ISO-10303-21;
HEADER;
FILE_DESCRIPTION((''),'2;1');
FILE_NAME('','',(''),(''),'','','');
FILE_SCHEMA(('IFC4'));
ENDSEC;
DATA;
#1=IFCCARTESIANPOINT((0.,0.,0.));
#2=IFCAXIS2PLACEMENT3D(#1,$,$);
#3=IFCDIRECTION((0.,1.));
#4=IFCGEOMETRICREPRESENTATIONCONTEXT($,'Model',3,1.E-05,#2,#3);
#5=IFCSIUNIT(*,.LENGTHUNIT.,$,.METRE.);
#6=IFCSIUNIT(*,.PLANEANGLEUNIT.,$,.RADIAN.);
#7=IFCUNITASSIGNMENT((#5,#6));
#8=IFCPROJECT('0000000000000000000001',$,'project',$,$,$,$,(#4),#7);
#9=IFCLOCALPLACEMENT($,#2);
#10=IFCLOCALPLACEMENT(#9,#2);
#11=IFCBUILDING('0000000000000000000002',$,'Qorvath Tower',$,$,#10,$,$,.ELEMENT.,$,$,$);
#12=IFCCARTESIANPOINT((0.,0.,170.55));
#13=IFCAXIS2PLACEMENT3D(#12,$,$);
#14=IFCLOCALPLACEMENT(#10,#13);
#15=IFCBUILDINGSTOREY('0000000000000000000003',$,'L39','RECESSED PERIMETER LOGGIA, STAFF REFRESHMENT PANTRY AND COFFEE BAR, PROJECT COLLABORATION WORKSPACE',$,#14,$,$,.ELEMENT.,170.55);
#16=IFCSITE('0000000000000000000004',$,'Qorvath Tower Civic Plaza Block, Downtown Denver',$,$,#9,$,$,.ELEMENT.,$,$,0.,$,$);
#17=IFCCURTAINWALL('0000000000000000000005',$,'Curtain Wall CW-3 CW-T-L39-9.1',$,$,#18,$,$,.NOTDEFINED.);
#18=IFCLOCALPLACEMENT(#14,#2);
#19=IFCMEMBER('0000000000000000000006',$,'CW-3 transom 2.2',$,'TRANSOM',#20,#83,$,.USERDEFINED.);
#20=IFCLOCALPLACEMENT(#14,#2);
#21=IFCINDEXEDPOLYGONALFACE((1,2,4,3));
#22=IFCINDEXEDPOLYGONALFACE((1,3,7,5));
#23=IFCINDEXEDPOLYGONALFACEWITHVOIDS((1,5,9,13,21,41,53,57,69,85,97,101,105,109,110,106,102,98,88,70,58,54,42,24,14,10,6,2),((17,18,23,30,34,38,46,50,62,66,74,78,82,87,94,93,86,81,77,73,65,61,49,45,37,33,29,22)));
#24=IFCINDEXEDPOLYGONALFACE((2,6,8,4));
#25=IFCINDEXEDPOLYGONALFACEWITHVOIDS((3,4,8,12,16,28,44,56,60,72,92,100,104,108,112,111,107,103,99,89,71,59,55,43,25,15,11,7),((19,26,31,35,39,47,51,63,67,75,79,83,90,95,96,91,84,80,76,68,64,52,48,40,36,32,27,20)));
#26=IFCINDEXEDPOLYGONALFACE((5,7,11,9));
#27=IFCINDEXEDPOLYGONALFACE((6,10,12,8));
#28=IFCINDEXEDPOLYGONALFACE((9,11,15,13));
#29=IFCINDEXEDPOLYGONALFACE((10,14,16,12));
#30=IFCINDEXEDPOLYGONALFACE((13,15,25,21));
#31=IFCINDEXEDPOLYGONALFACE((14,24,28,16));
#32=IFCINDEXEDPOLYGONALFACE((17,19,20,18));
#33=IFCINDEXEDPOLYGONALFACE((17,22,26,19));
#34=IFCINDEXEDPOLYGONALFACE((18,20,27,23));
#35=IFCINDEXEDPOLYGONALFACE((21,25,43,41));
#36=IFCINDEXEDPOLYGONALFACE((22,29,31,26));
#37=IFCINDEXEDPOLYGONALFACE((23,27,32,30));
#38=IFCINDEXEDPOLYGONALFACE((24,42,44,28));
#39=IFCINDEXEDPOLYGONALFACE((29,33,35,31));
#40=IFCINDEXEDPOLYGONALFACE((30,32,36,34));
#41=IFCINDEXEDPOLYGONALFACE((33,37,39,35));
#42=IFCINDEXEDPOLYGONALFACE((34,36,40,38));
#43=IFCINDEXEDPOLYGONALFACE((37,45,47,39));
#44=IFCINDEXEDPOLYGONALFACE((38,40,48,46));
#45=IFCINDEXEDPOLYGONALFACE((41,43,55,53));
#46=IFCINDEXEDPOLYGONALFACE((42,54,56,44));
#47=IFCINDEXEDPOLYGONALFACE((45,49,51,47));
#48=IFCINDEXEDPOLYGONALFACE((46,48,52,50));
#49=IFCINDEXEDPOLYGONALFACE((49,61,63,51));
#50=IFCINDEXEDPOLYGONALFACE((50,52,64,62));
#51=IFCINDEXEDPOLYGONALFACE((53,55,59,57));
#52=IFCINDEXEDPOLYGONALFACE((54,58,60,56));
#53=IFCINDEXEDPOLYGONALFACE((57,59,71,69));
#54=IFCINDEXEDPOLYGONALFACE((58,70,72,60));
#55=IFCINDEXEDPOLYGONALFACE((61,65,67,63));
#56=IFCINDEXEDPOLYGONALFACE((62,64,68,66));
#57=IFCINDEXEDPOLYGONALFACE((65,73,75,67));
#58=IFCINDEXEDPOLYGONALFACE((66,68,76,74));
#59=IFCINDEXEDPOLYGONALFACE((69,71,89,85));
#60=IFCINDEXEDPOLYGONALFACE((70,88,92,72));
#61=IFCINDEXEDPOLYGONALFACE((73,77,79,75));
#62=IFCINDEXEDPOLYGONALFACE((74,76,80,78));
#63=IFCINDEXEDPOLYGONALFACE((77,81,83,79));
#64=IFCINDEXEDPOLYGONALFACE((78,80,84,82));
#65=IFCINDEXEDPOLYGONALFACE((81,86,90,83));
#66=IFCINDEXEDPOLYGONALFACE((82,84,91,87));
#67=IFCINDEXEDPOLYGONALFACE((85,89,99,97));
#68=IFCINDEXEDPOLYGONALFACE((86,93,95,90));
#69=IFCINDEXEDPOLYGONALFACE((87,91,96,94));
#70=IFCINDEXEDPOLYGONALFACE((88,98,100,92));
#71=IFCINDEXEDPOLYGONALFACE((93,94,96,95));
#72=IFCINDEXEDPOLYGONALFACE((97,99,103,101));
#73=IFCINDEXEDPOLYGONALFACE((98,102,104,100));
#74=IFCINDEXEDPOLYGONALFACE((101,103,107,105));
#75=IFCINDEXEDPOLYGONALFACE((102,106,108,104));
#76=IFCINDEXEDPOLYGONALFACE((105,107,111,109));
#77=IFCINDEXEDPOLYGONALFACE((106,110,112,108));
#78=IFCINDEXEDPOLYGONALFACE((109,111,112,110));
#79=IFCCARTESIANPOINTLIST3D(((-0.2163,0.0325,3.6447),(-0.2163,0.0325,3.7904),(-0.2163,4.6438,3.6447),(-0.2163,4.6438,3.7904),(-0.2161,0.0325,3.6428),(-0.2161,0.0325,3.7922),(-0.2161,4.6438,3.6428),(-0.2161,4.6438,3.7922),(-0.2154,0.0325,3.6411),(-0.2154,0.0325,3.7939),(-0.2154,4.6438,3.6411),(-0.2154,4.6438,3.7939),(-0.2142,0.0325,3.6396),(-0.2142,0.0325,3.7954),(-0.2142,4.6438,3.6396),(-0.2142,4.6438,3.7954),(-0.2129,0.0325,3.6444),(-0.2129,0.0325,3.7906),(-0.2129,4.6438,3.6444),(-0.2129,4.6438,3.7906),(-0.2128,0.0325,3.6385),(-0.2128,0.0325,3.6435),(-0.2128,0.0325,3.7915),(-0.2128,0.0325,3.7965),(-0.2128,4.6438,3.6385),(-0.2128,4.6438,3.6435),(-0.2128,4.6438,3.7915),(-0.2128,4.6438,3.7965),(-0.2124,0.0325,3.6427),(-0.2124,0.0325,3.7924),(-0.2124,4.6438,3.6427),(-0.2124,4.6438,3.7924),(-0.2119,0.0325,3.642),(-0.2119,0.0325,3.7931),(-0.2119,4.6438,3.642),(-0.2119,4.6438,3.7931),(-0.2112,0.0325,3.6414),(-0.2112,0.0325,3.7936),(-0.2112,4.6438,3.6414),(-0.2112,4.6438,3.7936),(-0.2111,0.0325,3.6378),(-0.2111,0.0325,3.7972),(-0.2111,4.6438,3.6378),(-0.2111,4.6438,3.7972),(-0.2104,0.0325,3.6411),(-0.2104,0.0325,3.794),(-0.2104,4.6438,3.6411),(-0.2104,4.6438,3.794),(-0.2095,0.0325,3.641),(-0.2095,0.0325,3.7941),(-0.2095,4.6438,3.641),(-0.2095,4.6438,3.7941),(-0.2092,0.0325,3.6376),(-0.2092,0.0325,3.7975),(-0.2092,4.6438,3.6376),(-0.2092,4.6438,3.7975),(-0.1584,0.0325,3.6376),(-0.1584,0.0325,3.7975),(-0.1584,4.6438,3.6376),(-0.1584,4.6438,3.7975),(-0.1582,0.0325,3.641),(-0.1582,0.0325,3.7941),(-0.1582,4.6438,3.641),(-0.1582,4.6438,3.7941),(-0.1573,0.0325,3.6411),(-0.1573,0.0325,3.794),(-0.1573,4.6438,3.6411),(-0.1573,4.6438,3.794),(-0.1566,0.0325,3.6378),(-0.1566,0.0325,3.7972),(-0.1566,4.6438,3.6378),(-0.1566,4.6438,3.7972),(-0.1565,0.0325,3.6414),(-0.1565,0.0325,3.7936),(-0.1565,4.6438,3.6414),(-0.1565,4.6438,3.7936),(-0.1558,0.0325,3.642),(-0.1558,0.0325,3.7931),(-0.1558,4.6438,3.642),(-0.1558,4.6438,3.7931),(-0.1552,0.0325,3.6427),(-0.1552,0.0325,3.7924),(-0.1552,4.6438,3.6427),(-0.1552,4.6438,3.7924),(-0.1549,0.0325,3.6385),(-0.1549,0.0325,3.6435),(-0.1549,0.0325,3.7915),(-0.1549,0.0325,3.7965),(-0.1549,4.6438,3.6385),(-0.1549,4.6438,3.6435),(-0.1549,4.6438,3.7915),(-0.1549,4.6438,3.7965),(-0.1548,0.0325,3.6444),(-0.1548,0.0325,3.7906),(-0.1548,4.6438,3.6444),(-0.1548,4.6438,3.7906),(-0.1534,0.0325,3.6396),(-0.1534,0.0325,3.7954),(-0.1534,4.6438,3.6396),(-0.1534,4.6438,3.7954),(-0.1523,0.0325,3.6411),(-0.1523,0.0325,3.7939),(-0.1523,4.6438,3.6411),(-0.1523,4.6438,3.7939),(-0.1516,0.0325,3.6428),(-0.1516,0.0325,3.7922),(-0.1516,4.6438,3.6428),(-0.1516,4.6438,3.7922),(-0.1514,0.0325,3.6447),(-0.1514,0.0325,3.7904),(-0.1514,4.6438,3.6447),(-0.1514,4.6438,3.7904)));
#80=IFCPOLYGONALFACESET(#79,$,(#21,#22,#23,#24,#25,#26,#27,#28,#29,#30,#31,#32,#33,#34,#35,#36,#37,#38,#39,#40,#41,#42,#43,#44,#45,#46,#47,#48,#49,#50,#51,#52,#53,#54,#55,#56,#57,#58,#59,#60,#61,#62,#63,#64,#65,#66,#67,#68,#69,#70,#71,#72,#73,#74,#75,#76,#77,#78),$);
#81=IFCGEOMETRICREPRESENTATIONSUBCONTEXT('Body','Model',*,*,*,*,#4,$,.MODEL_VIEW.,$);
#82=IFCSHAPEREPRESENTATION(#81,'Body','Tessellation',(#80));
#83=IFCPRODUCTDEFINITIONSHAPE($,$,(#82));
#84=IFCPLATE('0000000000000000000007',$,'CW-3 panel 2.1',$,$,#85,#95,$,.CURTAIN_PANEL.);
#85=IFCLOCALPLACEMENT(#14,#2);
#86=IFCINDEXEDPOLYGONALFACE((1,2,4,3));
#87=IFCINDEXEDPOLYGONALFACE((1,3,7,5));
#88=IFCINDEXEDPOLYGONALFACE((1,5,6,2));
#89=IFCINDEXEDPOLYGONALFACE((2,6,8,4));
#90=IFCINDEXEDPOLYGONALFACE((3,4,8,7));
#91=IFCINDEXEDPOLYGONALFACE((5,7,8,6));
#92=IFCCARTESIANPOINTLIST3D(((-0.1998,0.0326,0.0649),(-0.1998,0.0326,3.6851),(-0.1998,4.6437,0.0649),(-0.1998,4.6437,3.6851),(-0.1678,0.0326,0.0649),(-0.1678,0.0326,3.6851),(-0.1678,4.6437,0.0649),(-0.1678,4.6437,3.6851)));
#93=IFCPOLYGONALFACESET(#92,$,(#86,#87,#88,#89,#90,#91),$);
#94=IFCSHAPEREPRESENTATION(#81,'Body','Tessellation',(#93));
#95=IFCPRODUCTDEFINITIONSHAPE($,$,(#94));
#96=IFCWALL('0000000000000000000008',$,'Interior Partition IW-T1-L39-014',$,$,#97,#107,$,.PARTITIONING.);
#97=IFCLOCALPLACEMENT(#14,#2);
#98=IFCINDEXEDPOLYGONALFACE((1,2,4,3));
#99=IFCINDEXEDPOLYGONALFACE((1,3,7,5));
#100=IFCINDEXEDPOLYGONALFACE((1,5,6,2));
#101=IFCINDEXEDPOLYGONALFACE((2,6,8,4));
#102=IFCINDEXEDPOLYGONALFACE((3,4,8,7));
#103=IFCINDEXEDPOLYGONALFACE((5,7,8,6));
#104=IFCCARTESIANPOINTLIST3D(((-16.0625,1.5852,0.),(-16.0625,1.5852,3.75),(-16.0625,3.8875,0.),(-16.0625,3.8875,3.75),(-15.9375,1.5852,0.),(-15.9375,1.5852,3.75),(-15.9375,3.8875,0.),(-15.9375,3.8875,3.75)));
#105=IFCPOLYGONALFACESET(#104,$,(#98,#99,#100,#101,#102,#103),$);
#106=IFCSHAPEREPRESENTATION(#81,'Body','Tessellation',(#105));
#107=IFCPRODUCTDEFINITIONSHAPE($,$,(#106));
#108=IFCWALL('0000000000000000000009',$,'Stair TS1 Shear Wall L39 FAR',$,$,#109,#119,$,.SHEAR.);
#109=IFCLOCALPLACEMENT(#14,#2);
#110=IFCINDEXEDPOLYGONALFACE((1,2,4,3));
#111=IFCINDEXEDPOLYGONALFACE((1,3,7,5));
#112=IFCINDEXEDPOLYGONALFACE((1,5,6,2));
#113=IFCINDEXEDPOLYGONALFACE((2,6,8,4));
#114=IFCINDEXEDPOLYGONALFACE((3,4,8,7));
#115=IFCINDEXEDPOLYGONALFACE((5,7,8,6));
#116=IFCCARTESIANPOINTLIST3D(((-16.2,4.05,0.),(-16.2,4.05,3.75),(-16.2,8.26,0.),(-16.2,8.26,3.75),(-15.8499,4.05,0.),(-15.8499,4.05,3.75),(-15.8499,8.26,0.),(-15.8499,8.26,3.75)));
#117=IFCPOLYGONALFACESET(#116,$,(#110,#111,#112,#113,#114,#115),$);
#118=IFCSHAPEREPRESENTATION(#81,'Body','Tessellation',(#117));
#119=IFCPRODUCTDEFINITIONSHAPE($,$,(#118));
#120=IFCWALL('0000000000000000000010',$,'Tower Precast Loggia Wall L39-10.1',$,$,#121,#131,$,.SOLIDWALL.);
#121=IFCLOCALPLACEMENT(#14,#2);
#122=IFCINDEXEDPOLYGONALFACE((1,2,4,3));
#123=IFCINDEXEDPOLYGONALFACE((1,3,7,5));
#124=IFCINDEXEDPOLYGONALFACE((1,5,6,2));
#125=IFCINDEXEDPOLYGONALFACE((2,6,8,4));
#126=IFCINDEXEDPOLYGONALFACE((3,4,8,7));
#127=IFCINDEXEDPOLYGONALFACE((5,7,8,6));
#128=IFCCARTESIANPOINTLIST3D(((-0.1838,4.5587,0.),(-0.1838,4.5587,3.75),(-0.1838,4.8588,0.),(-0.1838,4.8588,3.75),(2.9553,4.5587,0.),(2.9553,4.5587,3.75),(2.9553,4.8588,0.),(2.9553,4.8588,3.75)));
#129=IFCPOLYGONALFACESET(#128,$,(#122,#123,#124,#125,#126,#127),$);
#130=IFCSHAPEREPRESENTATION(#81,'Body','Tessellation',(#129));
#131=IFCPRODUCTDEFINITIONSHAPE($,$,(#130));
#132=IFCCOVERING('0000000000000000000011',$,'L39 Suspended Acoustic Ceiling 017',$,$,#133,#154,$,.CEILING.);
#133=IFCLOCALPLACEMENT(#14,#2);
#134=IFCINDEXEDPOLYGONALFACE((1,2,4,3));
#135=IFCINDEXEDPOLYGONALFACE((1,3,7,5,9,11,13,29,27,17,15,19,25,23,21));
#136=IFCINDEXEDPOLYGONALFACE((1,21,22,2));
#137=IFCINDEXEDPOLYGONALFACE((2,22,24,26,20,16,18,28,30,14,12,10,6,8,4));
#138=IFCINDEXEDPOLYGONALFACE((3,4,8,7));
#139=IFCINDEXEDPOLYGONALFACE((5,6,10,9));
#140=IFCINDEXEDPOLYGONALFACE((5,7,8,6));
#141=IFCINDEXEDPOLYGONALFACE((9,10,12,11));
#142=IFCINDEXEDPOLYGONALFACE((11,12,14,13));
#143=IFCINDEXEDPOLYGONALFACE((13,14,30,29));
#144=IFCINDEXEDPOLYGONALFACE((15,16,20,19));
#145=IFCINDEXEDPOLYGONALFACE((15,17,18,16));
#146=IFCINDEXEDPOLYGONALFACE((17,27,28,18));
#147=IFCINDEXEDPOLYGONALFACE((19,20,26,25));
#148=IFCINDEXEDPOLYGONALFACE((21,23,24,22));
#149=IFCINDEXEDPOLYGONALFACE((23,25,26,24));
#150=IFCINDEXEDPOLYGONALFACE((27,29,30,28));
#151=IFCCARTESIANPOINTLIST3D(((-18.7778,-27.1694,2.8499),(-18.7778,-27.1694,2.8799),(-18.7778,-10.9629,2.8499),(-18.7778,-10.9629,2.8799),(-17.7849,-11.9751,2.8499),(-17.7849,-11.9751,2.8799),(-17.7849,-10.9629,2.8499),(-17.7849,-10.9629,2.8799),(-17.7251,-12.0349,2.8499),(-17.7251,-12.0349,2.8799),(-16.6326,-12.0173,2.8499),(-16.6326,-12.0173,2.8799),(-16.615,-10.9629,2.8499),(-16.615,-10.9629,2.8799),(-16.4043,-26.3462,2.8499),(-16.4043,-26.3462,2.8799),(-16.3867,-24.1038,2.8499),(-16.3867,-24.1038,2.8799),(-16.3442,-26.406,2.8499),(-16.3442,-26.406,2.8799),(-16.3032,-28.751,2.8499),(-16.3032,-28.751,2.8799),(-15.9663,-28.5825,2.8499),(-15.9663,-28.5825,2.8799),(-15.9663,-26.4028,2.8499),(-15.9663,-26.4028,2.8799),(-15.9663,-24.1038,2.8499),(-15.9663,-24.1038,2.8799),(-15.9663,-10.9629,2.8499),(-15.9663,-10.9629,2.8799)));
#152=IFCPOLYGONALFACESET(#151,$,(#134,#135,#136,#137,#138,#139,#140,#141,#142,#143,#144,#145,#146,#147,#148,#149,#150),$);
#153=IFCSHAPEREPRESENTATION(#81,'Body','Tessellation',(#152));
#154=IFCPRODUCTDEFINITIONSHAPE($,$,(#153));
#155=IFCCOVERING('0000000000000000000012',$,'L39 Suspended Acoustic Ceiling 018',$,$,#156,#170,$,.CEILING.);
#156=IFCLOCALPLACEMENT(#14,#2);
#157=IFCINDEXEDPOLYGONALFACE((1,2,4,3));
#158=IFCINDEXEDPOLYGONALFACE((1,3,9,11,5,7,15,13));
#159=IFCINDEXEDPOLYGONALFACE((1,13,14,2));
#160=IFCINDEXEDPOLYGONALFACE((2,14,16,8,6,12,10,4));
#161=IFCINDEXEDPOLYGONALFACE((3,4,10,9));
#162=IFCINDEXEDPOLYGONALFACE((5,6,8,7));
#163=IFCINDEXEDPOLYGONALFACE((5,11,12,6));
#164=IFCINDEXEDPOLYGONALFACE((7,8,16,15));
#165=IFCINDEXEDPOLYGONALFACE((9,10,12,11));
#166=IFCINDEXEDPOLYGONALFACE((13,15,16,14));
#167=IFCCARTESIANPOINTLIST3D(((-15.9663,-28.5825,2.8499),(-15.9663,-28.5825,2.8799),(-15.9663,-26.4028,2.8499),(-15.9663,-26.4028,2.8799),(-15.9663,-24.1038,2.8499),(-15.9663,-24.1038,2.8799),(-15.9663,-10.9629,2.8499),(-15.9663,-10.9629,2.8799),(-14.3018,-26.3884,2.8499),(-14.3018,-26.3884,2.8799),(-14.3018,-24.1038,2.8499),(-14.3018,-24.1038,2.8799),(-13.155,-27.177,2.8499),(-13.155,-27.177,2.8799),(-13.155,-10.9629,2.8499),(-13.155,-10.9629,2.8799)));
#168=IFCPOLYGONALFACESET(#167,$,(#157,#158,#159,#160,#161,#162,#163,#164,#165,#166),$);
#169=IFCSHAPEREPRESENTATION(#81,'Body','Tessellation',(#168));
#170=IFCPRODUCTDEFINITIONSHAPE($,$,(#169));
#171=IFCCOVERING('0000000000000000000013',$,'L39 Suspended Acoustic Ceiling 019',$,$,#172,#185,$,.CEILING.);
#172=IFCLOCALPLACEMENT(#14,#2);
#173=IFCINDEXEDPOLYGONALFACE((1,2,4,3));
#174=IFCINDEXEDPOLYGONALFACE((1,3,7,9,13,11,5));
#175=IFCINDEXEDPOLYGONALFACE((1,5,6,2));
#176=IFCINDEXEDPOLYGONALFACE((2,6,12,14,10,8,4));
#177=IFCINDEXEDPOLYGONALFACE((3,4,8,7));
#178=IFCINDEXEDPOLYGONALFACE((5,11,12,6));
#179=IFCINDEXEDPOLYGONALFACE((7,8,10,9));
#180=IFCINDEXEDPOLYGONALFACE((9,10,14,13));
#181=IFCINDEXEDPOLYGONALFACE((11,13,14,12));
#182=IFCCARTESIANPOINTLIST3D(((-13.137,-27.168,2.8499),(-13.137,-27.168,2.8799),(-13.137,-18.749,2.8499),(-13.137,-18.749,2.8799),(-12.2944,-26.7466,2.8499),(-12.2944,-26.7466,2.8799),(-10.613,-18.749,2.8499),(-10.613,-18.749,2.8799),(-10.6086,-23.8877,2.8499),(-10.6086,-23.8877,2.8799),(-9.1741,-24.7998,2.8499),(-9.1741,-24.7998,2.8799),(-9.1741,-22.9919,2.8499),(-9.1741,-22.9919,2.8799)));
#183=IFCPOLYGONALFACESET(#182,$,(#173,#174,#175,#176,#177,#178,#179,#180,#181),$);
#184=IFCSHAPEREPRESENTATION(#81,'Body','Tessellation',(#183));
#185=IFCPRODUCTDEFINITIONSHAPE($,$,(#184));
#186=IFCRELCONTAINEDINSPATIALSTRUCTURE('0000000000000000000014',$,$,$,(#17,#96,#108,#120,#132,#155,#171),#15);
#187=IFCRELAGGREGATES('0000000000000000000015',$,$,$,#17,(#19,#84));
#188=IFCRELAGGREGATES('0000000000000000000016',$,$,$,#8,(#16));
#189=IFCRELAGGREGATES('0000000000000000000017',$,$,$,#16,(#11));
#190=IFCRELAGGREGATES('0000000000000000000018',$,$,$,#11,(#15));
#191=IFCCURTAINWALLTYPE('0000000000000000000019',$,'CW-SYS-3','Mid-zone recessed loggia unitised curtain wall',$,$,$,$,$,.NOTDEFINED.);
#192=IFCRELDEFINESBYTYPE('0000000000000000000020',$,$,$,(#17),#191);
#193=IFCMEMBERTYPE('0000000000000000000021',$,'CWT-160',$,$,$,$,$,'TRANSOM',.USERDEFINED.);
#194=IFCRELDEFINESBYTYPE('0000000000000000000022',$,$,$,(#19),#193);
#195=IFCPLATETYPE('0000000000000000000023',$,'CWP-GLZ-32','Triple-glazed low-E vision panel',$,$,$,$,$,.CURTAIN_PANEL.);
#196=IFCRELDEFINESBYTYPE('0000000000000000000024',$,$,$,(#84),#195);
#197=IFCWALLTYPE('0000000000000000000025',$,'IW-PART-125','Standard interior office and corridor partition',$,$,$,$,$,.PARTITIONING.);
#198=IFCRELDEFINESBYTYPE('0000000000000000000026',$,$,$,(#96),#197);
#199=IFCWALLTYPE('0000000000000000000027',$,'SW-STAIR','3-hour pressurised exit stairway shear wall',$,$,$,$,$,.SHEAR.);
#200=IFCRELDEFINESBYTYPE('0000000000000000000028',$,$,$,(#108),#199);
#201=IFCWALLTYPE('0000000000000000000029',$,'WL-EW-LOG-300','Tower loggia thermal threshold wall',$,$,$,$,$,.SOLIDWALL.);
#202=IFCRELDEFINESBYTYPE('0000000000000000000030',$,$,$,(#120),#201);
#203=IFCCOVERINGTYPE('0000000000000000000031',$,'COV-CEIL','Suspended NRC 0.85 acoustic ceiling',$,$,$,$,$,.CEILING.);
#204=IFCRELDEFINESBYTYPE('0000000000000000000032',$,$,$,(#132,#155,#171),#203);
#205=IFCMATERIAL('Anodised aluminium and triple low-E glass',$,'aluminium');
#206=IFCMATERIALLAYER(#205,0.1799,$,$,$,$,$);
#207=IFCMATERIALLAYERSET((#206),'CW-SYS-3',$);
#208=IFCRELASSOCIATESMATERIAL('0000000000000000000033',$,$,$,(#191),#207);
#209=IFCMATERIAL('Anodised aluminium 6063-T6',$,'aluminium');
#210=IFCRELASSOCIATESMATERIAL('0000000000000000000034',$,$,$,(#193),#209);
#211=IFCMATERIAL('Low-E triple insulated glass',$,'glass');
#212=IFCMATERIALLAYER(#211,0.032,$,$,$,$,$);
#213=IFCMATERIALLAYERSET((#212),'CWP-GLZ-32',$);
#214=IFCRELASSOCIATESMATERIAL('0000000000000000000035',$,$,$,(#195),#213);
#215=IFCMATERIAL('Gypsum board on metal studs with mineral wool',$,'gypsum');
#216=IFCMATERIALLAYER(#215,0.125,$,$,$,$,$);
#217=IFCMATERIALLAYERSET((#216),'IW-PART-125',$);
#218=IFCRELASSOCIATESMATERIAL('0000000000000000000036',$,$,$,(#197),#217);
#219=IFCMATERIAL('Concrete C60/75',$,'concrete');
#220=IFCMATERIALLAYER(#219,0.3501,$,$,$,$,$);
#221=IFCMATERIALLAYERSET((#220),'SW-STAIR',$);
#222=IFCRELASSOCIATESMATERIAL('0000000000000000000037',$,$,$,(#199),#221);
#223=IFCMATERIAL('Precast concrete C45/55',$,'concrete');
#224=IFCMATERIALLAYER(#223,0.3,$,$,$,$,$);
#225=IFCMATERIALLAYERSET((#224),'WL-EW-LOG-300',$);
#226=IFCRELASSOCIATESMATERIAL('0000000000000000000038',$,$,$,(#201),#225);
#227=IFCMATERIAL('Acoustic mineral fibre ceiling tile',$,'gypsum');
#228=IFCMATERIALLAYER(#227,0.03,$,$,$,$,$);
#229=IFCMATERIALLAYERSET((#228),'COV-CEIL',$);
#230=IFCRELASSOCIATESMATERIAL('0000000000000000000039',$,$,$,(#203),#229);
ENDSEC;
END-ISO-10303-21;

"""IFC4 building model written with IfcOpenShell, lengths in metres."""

from ifc_helpers import new_model, si_unit, direction, frame, frame_2d, origin, origin_2d, place, context, subcontext, project, spatial, polyline, rectangle, hollow_rectangle, outline, extrude, material, layer, layer_set, material_profile, profile_set, type_object, element, aggregate, save


model = new_model("IFC4")

# Units and contexts
model_context = context("Model", 3, precision=1e-05, world=origin(), true_north=direction((0.0, 1.0)))
body_context = subcontext(model_context, "Body", "Model", "MODEL_VIEW")
ifc_project = project(units=[si_unit("LENGTHUNIT", "METRE"), si_unit("PLANEANGLEUNIT", "RADIAN")], contexts=[model_context])

# Site, building, storey
site_placement = place(None, origin())
site = spatial("IfcSite", under=ifc_project, at=site_placement, Name="Qorvath Tower Civic Plaza Block, Downtown Denver", CompositionType="ELEMENT", RefElevation=0.0)
building_placement = place(site_placement, origin())
building = spatial("IfcBuilding", under=site, at=building_placement, Name="Qorvath Tower", CompositionType="ELEMENT")
storey_placement = place(building_placement, frame((0.0, 0.0, 170.55)))
storey = spatial("IfcBuildingStorey", under=building, at=storey_placement, Name="L39", Description="RECESSED PERIMETER LOGGIA, STAFF REFRESHMENT PANTRY AND COFFEE BAR, PROJECT COLLABORATION WORKSPACE", CompositionType="ELEMENT", Elevation=170.55)

# Curtain wall, member, plate
ifc_material_1 = material(Name="Anodised aluminium and triple low-E glass", Category="aluminium")
ifc_layer_1 = layer(ifc_material_1, 0.1799)
ifc_layer_set_1 = layer_set([ifc_layer_1], Name="CW-SYS-3")
curtain_wall_type = type_object("IfcCurtainWallType", Name="CW-SYS-3", Description="Mid-zone recessed loggia unitised curtain wall", PredefinedType="NOTDEFINED", material=ifc_layer_set_1)
curtain_wall_placement = place(storey_placement, origin())
curtain_wall = element("IfcCurtainWall", 1, at=curtain_wall_placement, inside=storey, type_object=curtain_wall_type, Name="Curtain Wall CW-3 CW-T-L39-9.1", PredefinedType="NOTDEFINED")
ifc_material_2 = material(Name="Anodised aluminium 6063-T6", Category="aluminium")
ifc_material_profile_1 = material_profile(ifc_material_2, hollow_rectangle(XDim=0.0649, YDim=0.1599, WallThickness=0.0034, InnerFilletRadius=0.0034, OuterFilletRadius=0.0071, at=origin_2d()), Name="CWT 160x65")
ifc_profile_set_1 = profile_set([ifc_material_profile_1], Name="Anodised aluminium 6063-T6")
member_type_1 = type_object("IfcMemberType", Name="CWT-160", ElementType="TRANSOM", PredefinedType="USERDEFINED", material=ifc_profile_set_1)
member_1_placement = place(storey_placement, frame((-0.1838, 0.0325, 3.7175), z_axis=(0.0, 1.0, 0.0), x_axis=(-1.0, 0.0, 0.0)))
member_1 = element("IfcMember", 2, at=member_1_placement, type_object=member_type_1, Name="CW-3 transom 2.2", ObjectType="TRANSOM", PredefinedType="USERDEFINED", context=body_context, shape_type="SweptSolid", body=[
    extrude(hollow_rectangle(XDim=0.0649, YDim=0.1599, WallThickness=0.0034, InnerFilletRadius=0.0034, OuterFilletRadius=0.0071, at=origin_2d()), origin(), (0.0, 0.0, 1.0), 4.6113),
])
ifc_material_3 = material(Name="Low-E triple insulated glass", Category="glass")
ifc_layer_2 = layer(ifc_material_3, 0.032)
ifc_layer_set_2 = layer_set([ifc_layer_2], Name="CWP-GLZ-32")
plate_type = type_object("IfcPlateType", Name="CWP-GLZ-32", Description="Triple-glazed low-E vision panel", PredefinedType="CURTAIN_PANEL", material=ifc_layer_set_2)
plate_placement = place(storey_placement, frame((-0.1838, 2.3381, 0.0649), z_axis=(0.0, 0.0, 1.0), x_axis=(0.0, 1.0, 0.0)))
plate = element("IfcPlate", 3, at=plate_placement, type_object=plate_type, Name="CW-3 panel 2.1", PredefinedType="CURTAIN_PANEL", context=body_context, shape_type="SweptSolid", body=[
    extrude(rectangle(XDim=4.6111, YDim=0.032, at=origin_2d()), origin(), (0.0, 0.0, 1.0), 3.6201),
])
aggregate(curtain_wall, [member_1, plate])

# Shared definitions
ifc_material_4 = material(Name="Gypsum board on metal studs with mineral wool", Category="gypsum")
ifc_layer_3 = layer(ifc_material_4, 0.125)
ifc_layer_set_3 = layer_set([ifc_layer_3], Name="IW-PART-125")
wall_type_1 = type_object("IfcWallType", Name="IW-PART-125", Description="Standard interior office and corridor partition", PredefinedType="PARTITIONING", material=ifc_layer_set_3)

# Walls
wall_1_placement = place(storey_placement, frame((-16.0, 1.5852, 0.0), z_axis=(0.0, 0.0, 1.0), x_axis=(0.0, 1.0, 0.0)))
element("IfcWall", 4, at=wall_1_placement, inside=storey, type_object=wall_type_1, Name="Interior Partition IW-T1-L39-014", PredefinedType="PARTITIONING", context=body_context, shape_type="SweptSolid", body=[
    extrude(rectangle(XDim=2.3022, YDim=0.125, at=frame_2d((1.1511, 0.0))), origin(), (0.0, 0.0, 1.0), 3.75),
])
ifc_material_5 = material(Name="Concrete C60/75", Category="concrete")
ifc_layer_4 = layer(ifc_material_5, 0.3501)
ifc_layer_set_4 = layer_set([ifc_layer_4], Name="SW-STAIR")
wall_type_2 = type_object("IfcWallType", Name="SW-STAIR", Description="3-hour pressurised exit stairway shear wall", PredefinedType="SHEAR", material=ifc_layer_set_4)
wall_2_placement = place(storey_placement, frame((-16.0249, 4.05, 0.0), z_axis=(0.0, 0.0, 1.0), x_axis=(0.0, 1.0, 0.0)))
element("IfcWall", 5, at=wall_2_placement, inside=storey, type_object=wall_type_2, Name="Stair TS1 Shear Wall L39 FAR", PredefinedType="SHEAR", context=body_context, shape_type="SweptSolid", body=[
    extrude(rectangle(XDim=4.21, YDim=0.3501, at=frame_2d((2.105, 0.0))), origin(), (0.0, 0.0, 1.0), 3.75),
])
ifc_material_6 = material(Name="Precast concrete C45/55", Category="concrete")
ifc_layer_5 = layer(ifc_material_6, 0.3)
ifc_layer_set_5 = layer_set([ifc_layer_5], Name="WL-EW-LOG-300")
wall_type_3 = type_object("IfcWallType", Name="WL-EW-LOG-300", Description="Tower loggia thermal threshold wall", PredefinedType="SOLIDWALL", material=ifc_layer_set_5)
wall_3_placement = place(storey_placement, frame((-0.1838, 4.7087, 0.0), z_axis=(0.0, 0.0, 1.0), x_axis=(1.0, 0.0, 0.0)))
element("IfcWall", 6, at=wall_3_placement, inside=storey, type_object=wall_type_3, Name="Tower Precast Loggia Wall L39-10.1", PredefinedType="SOLIDWALL", context=body_context, shape_type="SweptSolid", body=[
    extrude(rectangle(XDim=3.1392, YDim=0.3, at=frame_2d((1.5696, 0.0))), origin(), (0.0, 0.0, 1.0), 3.75),
])

# Coverings
ifc_material_7 = material(Name="Acoustic mineral fibre ceiling tile", Category="gypsum")
ifc_layer_6 = layer(ifc_material_7, 0.03)
ifc_layer_set_6 = layer_set([ifc_layer_6], Name="COV-CEIL")
covering_type_1 = type_object("IfcCoveringType", Name="COV-CEIL", Description="Suspended NRC 0.85 acoustic ceiling", PredefinedType="CEILING", material=ifc_layer_set_6)
covering_1_placement = place(storey_placement, frame((0.0, 0.0, 2.8499)))
element("IfcCovering", 7, at=covering_1_placement, inside=storey, type_object=covering_type_1, Name="L39 Suspended Acoustic Ceiling 017", PredefinedType="CEILING", context=body_context, shape_type="SweptSolid", body=[
    extrude(outline(polyline([(-15.9663, -28.5825), (-15.9663, -26.4028), (-16.3442, -26.406), (-16.4043, -26.3462), (-16.3867, -24.1038), (-15.9663, -24.1038), (-15.9663, -10.9629), (-16.615, -10.9629), (-16.6326, -12.0173), (-17.7251, -12.0349), (-17.7849, -11.9751), (-17.7849, -10.9629), (-18.7778, -10.9629), (-18.7778, -27.1694), (-16.3032, -28.751), (-15.9663, -28.5825)])), origin(), (0.0, 0.0, 1.0), 0.03),
])
covering_2_placement = place(storey_placement, frame((0.0, 0.0, 2.8499)))
element("IfcCovering", 8, at=covering_2_placement, inside=storey, type_object=covering_type_1, Name="L39 Suspended Acoustic Ceiling 018", PredefinedType="CEILING", context=body_context, shape_type="SweptSolid", body=[
    extrude(outline(polyline([(-13.155, -27.177), (-13.155, -10.9629), (-15.9663, -10.9629), (-15.9663, -24.1038), (-14.3018, -24.1038), (-14.3018, -26.3884), (-15.9663, -26.4028), (-15.9663, -28.5825), (-13.155, -27.177)])), origin(), (0.0, 0.0, 1.0), 0.03),
])
covering_3_placement = place(storey_placement, frame((0.0, 0.0, 2.8499)))
element("IfcCovering", 9, at=covering_3_placement, inside=storey, type_object=covering_type_1, Name="L39 Suspended Acoustic Ceiling 019", PredefinedType="CEILING", context=body_context, shape_type="SweptSolid", body=[
    extrude(outline(polyline([(-13.137, -18.749), (-13.137, -27.168), (-12.2944, -26.7466), (-9.1741, -24.7998), (-9.1741, -22.9919), (-10.6086, -23.8877), (-10.613, -18.749), (-13.137, -18.749)])), origin(), (0.0, 0.0, 1.0), 0.03),
])

save(model, "model.ifc")
